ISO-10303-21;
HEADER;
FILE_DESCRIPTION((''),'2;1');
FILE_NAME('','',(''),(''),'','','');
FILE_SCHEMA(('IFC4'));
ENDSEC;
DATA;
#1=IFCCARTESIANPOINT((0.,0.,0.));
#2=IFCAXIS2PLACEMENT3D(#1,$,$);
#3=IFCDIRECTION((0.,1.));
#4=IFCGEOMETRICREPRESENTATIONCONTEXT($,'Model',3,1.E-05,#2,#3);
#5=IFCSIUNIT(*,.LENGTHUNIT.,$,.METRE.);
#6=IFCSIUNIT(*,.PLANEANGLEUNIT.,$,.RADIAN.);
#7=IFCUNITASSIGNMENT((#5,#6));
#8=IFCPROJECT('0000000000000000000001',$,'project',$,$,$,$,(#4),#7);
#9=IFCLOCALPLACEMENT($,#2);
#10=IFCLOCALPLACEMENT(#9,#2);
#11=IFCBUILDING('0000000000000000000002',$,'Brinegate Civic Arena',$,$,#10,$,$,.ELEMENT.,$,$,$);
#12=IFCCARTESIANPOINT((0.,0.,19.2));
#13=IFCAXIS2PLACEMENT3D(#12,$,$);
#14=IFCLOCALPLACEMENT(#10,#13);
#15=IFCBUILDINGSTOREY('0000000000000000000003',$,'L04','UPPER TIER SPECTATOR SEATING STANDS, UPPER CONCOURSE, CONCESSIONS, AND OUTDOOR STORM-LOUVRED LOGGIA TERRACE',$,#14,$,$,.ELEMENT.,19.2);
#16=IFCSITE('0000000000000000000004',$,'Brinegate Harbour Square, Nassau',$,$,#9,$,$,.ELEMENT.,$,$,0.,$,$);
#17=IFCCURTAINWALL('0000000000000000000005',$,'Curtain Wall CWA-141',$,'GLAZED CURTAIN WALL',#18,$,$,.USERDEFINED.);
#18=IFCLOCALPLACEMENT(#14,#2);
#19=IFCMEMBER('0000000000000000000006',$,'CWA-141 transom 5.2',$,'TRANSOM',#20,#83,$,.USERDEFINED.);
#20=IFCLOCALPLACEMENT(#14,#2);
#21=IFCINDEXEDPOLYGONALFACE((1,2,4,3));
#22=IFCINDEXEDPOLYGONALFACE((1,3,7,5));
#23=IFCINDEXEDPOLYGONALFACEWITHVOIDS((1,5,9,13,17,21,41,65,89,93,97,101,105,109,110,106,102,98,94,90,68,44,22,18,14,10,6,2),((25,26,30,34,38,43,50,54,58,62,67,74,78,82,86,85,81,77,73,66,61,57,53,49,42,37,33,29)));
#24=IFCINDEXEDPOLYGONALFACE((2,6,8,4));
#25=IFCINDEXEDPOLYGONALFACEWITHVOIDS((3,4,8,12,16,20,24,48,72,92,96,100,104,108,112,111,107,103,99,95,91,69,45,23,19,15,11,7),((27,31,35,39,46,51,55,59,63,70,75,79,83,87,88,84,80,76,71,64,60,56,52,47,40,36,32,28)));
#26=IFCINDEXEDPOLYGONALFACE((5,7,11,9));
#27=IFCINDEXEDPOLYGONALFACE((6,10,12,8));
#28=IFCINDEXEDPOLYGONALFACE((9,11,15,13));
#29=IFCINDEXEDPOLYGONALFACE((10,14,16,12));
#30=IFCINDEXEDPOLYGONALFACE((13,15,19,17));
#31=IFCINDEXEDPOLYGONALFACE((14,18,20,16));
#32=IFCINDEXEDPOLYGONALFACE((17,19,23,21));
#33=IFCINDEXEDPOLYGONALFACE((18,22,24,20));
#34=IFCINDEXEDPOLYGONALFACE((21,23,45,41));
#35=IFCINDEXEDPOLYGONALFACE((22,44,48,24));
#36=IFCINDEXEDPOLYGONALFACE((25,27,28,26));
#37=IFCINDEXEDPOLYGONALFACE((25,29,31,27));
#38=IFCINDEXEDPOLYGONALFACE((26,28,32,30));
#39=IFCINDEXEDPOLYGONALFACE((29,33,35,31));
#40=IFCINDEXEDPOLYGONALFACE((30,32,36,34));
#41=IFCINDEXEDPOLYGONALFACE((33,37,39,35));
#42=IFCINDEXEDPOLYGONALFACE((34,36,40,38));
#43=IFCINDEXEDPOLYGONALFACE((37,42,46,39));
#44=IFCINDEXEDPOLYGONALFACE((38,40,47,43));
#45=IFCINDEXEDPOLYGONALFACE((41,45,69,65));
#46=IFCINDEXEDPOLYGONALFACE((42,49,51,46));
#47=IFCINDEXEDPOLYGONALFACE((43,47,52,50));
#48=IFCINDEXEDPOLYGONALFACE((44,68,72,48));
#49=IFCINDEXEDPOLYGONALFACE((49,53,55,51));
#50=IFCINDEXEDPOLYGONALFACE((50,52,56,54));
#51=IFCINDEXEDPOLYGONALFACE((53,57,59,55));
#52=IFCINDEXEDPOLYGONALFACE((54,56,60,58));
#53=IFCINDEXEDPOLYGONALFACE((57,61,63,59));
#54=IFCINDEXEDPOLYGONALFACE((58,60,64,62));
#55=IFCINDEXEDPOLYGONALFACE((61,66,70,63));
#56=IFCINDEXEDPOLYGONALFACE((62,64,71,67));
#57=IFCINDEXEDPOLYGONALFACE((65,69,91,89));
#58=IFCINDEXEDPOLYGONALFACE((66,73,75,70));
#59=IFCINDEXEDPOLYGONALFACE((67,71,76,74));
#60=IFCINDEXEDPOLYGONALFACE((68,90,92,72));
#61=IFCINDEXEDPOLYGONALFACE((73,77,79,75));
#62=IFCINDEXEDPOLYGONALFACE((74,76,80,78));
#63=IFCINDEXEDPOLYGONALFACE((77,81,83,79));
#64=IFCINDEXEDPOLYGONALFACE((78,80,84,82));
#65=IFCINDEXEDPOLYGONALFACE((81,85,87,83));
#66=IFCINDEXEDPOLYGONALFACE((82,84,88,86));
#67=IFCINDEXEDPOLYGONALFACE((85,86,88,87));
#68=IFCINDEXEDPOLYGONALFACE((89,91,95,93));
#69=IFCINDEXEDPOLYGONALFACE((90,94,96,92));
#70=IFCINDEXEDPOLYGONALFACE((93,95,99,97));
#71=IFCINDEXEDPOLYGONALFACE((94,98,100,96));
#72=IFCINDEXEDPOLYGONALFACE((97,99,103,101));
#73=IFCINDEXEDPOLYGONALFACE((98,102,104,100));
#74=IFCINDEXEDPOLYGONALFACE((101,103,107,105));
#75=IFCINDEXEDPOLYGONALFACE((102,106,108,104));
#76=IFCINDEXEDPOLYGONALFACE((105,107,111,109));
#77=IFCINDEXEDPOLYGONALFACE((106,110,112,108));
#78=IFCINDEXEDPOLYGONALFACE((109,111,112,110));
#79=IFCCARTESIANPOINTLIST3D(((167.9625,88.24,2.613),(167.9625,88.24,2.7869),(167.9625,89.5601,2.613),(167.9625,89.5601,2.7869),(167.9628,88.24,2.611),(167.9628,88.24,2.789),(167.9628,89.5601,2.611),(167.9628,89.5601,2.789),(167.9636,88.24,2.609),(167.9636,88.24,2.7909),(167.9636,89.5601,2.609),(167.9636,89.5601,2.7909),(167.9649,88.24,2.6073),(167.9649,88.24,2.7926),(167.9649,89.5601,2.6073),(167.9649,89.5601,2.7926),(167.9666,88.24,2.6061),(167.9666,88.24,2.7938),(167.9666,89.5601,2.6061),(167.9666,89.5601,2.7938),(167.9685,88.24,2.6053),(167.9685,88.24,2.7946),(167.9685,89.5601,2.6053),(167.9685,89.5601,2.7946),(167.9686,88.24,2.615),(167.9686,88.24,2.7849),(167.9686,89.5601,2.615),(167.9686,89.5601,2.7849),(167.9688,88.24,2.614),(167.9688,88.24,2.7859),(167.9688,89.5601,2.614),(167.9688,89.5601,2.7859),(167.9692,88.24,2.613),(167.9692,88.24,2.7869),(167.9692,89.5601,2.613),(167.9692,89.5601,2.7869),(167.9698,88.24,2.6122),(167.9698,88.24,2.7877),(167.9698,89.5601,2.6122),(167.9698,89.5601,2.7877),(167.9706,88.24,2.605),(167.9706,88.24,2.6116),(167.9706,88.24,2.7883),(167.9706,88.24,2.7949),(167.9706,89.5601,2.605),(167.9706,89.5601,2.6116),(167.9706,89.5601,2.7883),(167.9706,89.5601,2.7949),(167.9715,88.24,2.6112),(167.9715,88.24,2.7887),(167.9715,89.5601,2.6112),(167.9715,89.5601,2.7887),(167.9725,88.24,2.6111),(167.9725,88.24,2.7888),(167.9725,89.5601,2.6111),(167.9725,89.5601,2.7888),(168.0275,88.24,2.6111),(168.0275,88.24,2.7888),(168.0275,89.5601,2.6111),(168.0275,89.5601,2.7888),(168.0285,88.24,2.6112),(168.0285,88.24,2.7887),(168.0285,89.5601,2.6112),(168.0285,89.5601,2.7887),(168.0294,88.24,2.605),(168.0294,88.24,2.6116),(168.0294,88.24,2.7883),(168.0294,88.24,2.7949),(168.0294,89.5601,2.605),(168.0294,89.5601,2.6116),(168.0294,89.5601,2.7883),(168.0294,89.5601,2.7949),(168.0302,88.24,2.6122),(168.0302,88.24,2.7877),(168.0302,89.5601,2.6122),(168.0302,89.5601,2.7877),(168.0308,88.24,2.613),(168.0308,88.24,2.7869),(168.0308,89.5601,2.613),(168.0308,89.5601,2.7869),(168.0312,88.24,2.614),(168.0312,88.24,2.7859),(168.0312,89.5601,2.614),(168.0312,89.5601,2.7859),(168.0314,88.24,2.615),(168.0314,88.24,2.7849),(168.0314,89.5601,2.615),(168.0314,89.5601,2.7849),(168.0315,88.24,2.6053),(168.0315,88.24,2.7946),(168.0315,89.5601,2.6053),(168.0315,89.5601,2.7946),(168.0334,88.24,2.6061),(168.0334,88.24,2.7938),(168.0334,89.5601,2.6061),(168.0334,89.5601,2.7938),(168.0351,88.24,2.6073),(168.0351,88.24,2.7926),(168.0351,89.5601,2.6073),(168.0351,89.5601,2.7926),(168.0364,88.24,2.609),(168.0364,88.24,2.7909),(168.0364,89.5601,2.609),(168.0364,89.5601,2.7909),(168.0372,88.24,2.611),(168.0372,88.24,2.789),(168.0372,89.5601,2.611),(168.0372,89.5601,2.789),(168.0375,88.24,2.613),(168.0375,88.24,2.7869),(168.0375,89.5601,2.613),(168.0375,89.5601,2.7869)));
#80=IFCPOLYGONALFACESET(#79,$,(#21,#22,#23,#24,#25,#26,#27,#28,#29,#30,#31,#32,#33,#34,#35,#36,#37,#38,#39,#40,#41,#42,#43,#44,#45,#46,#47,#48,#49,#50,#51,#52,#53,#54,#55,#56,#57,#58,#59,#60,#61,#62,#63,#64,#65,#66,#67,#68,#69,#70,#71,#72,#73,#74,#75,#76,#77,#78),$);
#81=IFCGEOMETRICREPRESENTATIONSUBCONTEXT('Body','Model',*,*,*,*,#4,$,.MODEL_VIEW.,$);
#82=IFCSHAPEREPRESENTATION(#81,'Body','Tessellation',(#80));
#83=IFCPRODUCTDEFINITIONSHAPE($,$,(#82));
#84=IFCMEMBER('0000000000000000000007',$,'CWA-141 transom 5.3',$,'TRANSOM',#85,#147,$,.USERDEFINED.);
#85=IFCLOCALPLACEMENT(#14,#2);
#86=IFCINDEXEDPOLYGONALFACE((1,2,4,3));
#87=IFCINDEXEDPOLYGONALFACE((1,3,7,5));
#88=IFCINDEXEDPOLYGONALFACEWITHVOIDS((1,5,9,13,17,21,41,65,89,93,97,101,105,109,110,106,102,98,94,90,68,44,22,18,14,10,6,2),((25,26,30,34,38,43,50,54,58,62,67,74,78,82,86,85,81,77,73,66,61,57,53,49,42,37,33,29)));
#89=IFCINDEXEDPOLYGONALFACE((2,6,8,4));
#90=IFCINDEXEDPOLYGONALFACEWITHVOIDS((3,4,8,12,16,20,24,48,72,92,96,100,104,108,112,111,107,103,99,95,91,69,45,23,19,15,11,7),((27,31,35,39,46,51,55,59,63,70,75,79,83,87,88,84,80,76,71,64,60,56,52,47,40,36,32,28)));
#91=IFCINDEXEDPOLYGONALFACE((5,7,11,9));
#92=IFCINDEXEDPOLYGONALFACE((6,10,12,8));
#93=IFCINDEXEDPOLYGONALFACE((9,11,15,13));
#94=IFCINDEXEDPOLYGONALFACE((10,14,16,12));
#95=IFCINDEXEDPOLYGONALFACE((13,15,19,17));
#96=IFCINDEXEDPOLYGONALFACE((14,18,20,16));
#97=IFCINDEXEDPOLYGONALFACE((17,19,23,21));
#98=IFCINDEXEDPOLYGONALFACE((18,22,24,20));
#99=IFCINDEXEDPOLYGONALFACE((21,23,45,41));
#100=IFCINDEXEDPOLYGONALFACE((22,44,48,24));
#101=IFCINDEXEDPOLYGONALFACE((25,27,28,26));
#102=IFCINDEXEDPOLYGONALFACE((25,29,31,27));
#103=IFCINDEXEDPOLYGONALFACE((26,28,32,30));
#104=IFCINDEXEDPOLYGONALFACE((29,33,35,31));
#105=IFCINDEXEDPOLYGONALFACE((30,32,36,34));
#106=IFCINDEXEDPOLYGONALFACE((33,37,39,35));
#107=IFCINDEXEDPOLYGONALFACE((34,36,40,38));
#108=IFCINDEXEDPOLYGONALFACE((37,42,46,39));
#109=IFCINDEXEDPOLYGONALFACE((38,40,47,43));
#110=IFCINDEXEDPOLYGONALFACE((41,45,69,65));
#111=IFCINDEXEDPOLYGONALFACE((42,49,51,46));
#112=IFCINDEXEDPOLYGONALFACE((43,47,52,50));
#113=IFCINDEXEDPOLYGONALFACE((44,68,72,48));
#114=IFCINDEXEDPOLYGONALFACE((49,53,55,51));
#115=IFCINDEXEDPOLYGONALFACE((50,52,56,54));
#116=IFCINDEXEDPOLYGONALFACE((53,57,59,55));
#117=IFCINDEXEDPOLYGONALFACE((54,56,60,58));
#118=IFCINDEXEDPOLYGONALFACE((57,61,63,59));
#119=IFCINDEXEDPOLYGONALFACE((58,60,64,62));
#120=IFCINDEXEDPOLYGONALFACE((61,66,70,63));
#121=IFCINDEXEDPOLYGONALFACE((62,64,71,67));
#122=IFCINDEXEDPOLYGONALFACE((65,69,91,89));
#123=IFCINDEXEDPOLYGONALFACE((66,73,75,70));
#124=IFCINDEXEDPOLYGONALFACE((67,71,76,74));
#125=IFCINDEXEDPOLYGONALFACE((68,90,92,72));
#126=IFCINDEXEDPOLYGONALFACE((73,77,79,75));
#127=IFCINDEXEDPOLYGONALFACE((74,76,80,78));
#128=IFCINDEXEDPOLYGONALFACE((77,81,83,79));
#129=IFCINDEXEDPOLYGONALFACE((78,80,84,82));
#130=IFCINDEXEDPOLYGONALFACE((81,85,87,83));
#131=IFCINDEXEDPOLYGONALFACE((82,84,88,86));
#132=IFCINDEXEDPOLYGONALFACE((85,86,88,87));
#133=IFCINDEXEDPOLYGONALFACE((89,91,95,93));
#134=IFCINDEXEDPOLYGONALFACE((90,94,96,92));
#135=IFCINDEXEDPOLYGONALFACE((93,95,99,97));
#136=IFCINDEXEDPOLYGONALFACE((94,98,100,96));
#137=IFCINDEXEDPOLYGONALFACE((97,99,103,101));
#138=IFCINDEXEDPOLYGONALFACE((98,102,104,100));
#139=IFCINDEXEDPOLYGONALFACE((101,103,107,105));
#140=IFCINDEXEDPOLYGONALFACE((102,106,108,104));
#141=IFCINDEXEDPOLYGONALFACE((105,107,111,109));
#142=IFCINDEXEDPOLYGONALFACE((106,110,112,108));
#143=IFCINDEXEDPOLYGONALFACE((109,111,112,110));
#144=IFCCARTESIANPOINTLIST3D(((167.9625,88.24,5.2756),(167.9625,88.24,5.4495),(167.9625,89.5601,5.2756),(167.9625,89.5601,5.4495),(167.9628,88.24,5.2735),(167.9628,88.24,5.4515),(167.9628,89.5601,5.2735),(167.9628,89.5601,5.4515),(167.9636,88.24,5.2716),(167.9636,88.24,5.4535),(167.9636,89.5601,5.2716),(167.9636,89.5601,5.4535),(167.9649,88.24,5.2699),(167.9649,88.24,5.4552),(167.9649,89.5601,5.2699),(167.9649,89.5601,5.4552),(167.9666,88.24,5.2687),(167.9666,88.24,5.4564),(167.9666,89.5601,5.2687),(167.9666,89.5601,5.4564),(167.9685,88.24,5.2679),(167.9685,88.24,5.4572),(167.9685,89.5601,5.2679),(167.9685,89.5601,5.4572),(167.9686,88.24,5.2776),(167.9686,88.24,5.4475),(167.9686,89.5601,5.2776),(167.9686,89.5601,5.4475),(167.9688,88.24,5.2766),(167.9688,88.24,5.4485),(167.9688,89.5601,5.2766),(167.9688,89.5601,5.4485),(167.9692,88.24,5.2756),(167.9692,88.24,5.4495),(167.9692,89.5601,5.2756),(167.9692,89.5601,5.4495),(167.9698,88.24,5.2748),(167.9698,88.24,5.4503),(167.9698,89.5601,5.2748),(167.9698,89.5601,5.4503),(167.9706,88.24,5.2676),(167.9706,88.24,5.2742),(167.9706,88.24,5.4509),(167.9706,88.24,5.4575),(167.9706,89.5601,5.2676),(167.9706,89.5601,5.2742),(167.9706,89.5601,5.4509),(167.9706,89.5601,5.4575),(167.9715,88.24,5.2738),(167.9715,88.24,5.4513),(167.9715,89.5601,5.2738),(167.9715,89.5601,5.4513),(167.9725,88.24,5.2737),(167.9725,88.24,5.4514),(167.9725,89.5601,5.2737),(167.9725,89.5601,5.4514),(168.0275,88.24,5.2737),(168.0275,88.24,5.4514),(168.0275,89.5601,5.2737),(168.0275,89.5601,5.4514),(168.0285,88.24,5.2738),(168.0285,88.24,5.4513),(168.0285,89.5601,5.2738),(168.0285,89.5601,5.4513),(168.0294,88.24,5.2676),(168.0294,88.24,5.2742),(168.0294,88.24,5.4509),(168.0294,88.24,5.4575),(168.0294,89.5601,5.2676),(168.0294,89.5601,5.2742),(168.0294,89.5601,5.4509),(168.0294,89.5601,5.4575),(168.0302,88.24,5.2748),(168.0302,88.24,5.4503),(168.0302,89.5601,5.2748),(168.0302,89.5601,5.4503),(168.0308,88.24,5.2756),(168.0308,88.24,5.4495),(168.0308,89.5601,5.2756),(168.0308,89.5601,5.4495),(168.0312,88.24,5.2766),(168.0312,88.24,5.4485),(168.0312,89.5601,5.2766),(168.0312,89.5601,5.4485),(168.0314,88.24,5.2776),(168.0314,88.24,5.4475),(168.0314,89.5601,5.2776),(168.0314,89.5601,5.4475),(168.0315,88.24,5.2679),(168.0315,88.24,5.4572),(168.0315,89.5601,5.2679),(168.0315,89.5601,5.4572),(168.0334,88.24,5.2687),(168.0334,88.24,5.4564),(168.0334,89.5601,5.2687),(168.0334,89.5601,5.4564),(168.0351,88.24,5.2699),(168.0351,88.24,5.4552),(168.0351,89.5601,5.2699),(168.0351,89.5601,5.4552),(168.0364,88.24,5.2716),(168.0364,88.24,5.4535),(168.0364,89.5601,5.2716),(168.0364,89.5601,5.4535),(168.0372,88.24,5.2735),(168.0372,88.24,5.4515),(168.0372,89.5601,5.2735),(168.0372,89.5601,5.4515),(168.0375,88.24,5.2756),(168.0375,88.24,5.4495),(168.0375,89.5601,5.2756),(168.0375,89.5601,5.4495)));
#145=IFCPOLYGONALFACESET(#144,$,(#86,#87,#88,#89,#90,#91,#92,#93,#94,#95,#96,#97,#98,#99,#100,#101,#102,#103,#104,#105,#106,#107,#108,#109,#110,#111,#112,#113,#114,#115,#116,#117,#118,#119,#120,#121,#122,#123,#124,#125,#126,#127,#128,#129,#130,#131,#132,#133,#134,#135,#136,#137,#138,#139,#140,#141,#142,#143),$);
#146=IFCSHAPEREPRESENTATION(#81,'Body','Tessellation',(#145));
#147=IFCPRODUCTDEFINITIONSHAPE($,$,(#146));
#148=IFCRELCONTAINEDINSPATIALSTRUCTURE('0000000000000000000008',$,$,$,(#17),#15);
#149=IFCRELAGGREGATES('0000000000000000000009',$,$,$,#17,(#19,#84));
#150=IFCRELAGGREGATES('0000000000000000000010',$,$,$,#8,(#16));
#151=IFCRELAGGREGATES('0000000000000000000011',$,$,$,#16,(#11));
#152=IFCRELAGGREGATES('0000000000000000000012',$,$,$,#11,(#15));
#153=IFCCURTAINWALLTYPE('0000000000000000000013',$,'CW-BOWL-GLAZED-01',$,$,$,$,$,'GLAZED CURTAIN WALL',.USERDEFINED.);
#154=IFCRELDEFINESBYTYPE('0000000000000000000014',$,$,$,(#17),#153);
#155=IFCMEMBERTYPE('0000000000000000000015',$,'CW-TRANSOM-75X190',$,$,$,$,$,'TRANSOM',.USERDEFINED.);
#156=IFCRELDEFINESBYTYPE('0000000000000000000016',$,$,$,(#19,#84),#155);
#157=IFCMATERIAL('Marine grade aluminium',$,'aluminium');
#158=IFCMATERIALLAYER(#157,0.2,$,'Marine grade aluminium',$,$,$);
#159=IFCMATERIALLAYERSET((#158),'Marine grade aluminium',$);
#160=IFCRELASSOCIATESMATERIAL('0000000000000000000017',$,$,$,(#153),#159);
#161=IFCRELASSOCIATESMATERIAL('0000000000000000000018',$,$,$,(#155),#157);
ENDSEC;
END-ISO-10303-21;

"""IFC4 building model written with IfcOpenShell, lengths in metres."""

from ifc_helpers import new_model, si_unit, direction, frame, origin, origin_2d, place, context, subcontext, project, spatial, hollow_rectangle, extrude, material, layer, layer_set, material_profile, profile_set, type_object, element, aggregate, save


model = new_model("IFC4")

# Units and contexts
model_context = context("Model", 3, precision=1e-05, world=origin(), true_north=direction((0.0, 1.0)))
body_context = subcontext(model_context, "Body", "Model", "MODEL_VIEW")
ifc_project = project(units=[si_unit("LENGTHUNIT", "METRE"), si_unit("PLANEANGLEUNIT", "RADIAN")], contexts=[model_context])

# Site, building, storey
site_placement = place(None, origin())
site = spatial("IfcSite", under=ifc_project, at=site_placement, Name="Brinegate Harbour Square, Nassau", CompositionType="ELEMENT", RefElevation=0.0)
building_placement = place(site_placement, origin())
building = spatial("IfcBuilding", under=site, at=building_placement, Name="Brinegate Civic Arena", CompositionType="ELEMENT")
storey_placement = place(building_placement, frame((0.0, 0.0, 19.2)))
storey = spatial("IfcBuildingStorey", under=building, at=storey_placement, Name="L04", Description="UPPER TIER SPECTATOR SEATING STANDS, UPPER CONCOURSE, CONCESSIONS, AND OUTDOOR STORM-LOUVRED LOGGIA TERRACE", CompositionType="ELEMENT", Elevation=19.2)

# Curtain wall, members
ifc_material_1 = material(Name="Marine grade aluminium", Category="aluminium")
ifc_layer_1 = layer(ifc_material_1, 0.2, Name="Marine grade aluminium")
ifc_layer_set_1 = layer_set([ifc_layer_1], Name="Marine grade aluminium")
curtain_wall_type = type_object("IfcCurtainWallType", Name="CW-BOWL-GLAZED-01", ElementType="GLAZED CURTAIN WALL", PredefinedType="USERDEFINED", material=ifc_layer_set_1)
curtain_wall_placement = place(storey_placement, origin())
curtain_wall = element("IfcCurtainWall", 1, at=curtain_wall_placement, inside=storey, type_object=curtain_wall_type, Name="Curtain Wall CWA-141", ObjectType="GLAZED CURTAIN WALL", PredefinedType="USERDEFINED")
ifc_material_profile_1 = material_profile(ifc_material_1, hollow_rectangle(XDim=0.075, YDim=0.1899, WallThickness=0.0061, InnerFilletRadius=0.0039, OuterFilletRadius=0.0081, at=origin_2d()), Name="TRN75X190")
ifc_profile_set_1 = profile_set([ifc_material_profile_1], Name="Marine grade aluminium")
member_type_1 = type_object("IfcMemberType", Name="CW-TRANSOM-75X190", ElementType="TRANSOM", PredefinedType="USERDEFINED", material=ifc_profile_set_1)
member_1_placement = place(storey_placement, frame((168.0, 88.24, 2.7), z_axis=(0.0, 1.0, 0.0), x_axis=(-1.0, 0.0, 0.0)))
member_1 = element("IfcMember", 2, at=member_1_placement, type_object=member_type_1, Name="CWA-141 transom 5.2", ObjectType="TRANSOM", PredefinedType="USERDEFINED", context=body_context, shape_type="SweptSolid", body=[
    extrude(hollow_rectangle(XDim=0.075, YDim=0.1899, WallThickness=0.0061, InnerFilletRadius=0.0039, OuterFilletRadius=0.0081, at=origin_2d()), origin(), (0.0, 0.0, 1.0), 1.3201),
])
member_2_placement = place(storey_placement, frame((168.0, 88.24, 5.3625), z_axis=(0.0, 1.0, 0.0), x_axis=(-1.0, 0.0, 0.0)))
member_2 = element("IfcMember", 3, at=member_2_placement, type_object=member_type_1, Name="CWA-141 transom 5.3", ObjectType="TRANSOM", PredefinedType="USERDEFINED", context=body_context, shape_type="SweptSolid", body=[
    extrude(hollow_rectangle(XDim=0.075, YDim=0.1899, WallThickness=0.0061, InnerFilletRadius=0.0039, OuterFilletRadius=0.0081, at=origin_2d()), origin(), (0.0, 0.0, 1.0), 1.3201),
])

aggregate(curtain_wall, [member_1, member_2])

save(model, "model.ifc")
